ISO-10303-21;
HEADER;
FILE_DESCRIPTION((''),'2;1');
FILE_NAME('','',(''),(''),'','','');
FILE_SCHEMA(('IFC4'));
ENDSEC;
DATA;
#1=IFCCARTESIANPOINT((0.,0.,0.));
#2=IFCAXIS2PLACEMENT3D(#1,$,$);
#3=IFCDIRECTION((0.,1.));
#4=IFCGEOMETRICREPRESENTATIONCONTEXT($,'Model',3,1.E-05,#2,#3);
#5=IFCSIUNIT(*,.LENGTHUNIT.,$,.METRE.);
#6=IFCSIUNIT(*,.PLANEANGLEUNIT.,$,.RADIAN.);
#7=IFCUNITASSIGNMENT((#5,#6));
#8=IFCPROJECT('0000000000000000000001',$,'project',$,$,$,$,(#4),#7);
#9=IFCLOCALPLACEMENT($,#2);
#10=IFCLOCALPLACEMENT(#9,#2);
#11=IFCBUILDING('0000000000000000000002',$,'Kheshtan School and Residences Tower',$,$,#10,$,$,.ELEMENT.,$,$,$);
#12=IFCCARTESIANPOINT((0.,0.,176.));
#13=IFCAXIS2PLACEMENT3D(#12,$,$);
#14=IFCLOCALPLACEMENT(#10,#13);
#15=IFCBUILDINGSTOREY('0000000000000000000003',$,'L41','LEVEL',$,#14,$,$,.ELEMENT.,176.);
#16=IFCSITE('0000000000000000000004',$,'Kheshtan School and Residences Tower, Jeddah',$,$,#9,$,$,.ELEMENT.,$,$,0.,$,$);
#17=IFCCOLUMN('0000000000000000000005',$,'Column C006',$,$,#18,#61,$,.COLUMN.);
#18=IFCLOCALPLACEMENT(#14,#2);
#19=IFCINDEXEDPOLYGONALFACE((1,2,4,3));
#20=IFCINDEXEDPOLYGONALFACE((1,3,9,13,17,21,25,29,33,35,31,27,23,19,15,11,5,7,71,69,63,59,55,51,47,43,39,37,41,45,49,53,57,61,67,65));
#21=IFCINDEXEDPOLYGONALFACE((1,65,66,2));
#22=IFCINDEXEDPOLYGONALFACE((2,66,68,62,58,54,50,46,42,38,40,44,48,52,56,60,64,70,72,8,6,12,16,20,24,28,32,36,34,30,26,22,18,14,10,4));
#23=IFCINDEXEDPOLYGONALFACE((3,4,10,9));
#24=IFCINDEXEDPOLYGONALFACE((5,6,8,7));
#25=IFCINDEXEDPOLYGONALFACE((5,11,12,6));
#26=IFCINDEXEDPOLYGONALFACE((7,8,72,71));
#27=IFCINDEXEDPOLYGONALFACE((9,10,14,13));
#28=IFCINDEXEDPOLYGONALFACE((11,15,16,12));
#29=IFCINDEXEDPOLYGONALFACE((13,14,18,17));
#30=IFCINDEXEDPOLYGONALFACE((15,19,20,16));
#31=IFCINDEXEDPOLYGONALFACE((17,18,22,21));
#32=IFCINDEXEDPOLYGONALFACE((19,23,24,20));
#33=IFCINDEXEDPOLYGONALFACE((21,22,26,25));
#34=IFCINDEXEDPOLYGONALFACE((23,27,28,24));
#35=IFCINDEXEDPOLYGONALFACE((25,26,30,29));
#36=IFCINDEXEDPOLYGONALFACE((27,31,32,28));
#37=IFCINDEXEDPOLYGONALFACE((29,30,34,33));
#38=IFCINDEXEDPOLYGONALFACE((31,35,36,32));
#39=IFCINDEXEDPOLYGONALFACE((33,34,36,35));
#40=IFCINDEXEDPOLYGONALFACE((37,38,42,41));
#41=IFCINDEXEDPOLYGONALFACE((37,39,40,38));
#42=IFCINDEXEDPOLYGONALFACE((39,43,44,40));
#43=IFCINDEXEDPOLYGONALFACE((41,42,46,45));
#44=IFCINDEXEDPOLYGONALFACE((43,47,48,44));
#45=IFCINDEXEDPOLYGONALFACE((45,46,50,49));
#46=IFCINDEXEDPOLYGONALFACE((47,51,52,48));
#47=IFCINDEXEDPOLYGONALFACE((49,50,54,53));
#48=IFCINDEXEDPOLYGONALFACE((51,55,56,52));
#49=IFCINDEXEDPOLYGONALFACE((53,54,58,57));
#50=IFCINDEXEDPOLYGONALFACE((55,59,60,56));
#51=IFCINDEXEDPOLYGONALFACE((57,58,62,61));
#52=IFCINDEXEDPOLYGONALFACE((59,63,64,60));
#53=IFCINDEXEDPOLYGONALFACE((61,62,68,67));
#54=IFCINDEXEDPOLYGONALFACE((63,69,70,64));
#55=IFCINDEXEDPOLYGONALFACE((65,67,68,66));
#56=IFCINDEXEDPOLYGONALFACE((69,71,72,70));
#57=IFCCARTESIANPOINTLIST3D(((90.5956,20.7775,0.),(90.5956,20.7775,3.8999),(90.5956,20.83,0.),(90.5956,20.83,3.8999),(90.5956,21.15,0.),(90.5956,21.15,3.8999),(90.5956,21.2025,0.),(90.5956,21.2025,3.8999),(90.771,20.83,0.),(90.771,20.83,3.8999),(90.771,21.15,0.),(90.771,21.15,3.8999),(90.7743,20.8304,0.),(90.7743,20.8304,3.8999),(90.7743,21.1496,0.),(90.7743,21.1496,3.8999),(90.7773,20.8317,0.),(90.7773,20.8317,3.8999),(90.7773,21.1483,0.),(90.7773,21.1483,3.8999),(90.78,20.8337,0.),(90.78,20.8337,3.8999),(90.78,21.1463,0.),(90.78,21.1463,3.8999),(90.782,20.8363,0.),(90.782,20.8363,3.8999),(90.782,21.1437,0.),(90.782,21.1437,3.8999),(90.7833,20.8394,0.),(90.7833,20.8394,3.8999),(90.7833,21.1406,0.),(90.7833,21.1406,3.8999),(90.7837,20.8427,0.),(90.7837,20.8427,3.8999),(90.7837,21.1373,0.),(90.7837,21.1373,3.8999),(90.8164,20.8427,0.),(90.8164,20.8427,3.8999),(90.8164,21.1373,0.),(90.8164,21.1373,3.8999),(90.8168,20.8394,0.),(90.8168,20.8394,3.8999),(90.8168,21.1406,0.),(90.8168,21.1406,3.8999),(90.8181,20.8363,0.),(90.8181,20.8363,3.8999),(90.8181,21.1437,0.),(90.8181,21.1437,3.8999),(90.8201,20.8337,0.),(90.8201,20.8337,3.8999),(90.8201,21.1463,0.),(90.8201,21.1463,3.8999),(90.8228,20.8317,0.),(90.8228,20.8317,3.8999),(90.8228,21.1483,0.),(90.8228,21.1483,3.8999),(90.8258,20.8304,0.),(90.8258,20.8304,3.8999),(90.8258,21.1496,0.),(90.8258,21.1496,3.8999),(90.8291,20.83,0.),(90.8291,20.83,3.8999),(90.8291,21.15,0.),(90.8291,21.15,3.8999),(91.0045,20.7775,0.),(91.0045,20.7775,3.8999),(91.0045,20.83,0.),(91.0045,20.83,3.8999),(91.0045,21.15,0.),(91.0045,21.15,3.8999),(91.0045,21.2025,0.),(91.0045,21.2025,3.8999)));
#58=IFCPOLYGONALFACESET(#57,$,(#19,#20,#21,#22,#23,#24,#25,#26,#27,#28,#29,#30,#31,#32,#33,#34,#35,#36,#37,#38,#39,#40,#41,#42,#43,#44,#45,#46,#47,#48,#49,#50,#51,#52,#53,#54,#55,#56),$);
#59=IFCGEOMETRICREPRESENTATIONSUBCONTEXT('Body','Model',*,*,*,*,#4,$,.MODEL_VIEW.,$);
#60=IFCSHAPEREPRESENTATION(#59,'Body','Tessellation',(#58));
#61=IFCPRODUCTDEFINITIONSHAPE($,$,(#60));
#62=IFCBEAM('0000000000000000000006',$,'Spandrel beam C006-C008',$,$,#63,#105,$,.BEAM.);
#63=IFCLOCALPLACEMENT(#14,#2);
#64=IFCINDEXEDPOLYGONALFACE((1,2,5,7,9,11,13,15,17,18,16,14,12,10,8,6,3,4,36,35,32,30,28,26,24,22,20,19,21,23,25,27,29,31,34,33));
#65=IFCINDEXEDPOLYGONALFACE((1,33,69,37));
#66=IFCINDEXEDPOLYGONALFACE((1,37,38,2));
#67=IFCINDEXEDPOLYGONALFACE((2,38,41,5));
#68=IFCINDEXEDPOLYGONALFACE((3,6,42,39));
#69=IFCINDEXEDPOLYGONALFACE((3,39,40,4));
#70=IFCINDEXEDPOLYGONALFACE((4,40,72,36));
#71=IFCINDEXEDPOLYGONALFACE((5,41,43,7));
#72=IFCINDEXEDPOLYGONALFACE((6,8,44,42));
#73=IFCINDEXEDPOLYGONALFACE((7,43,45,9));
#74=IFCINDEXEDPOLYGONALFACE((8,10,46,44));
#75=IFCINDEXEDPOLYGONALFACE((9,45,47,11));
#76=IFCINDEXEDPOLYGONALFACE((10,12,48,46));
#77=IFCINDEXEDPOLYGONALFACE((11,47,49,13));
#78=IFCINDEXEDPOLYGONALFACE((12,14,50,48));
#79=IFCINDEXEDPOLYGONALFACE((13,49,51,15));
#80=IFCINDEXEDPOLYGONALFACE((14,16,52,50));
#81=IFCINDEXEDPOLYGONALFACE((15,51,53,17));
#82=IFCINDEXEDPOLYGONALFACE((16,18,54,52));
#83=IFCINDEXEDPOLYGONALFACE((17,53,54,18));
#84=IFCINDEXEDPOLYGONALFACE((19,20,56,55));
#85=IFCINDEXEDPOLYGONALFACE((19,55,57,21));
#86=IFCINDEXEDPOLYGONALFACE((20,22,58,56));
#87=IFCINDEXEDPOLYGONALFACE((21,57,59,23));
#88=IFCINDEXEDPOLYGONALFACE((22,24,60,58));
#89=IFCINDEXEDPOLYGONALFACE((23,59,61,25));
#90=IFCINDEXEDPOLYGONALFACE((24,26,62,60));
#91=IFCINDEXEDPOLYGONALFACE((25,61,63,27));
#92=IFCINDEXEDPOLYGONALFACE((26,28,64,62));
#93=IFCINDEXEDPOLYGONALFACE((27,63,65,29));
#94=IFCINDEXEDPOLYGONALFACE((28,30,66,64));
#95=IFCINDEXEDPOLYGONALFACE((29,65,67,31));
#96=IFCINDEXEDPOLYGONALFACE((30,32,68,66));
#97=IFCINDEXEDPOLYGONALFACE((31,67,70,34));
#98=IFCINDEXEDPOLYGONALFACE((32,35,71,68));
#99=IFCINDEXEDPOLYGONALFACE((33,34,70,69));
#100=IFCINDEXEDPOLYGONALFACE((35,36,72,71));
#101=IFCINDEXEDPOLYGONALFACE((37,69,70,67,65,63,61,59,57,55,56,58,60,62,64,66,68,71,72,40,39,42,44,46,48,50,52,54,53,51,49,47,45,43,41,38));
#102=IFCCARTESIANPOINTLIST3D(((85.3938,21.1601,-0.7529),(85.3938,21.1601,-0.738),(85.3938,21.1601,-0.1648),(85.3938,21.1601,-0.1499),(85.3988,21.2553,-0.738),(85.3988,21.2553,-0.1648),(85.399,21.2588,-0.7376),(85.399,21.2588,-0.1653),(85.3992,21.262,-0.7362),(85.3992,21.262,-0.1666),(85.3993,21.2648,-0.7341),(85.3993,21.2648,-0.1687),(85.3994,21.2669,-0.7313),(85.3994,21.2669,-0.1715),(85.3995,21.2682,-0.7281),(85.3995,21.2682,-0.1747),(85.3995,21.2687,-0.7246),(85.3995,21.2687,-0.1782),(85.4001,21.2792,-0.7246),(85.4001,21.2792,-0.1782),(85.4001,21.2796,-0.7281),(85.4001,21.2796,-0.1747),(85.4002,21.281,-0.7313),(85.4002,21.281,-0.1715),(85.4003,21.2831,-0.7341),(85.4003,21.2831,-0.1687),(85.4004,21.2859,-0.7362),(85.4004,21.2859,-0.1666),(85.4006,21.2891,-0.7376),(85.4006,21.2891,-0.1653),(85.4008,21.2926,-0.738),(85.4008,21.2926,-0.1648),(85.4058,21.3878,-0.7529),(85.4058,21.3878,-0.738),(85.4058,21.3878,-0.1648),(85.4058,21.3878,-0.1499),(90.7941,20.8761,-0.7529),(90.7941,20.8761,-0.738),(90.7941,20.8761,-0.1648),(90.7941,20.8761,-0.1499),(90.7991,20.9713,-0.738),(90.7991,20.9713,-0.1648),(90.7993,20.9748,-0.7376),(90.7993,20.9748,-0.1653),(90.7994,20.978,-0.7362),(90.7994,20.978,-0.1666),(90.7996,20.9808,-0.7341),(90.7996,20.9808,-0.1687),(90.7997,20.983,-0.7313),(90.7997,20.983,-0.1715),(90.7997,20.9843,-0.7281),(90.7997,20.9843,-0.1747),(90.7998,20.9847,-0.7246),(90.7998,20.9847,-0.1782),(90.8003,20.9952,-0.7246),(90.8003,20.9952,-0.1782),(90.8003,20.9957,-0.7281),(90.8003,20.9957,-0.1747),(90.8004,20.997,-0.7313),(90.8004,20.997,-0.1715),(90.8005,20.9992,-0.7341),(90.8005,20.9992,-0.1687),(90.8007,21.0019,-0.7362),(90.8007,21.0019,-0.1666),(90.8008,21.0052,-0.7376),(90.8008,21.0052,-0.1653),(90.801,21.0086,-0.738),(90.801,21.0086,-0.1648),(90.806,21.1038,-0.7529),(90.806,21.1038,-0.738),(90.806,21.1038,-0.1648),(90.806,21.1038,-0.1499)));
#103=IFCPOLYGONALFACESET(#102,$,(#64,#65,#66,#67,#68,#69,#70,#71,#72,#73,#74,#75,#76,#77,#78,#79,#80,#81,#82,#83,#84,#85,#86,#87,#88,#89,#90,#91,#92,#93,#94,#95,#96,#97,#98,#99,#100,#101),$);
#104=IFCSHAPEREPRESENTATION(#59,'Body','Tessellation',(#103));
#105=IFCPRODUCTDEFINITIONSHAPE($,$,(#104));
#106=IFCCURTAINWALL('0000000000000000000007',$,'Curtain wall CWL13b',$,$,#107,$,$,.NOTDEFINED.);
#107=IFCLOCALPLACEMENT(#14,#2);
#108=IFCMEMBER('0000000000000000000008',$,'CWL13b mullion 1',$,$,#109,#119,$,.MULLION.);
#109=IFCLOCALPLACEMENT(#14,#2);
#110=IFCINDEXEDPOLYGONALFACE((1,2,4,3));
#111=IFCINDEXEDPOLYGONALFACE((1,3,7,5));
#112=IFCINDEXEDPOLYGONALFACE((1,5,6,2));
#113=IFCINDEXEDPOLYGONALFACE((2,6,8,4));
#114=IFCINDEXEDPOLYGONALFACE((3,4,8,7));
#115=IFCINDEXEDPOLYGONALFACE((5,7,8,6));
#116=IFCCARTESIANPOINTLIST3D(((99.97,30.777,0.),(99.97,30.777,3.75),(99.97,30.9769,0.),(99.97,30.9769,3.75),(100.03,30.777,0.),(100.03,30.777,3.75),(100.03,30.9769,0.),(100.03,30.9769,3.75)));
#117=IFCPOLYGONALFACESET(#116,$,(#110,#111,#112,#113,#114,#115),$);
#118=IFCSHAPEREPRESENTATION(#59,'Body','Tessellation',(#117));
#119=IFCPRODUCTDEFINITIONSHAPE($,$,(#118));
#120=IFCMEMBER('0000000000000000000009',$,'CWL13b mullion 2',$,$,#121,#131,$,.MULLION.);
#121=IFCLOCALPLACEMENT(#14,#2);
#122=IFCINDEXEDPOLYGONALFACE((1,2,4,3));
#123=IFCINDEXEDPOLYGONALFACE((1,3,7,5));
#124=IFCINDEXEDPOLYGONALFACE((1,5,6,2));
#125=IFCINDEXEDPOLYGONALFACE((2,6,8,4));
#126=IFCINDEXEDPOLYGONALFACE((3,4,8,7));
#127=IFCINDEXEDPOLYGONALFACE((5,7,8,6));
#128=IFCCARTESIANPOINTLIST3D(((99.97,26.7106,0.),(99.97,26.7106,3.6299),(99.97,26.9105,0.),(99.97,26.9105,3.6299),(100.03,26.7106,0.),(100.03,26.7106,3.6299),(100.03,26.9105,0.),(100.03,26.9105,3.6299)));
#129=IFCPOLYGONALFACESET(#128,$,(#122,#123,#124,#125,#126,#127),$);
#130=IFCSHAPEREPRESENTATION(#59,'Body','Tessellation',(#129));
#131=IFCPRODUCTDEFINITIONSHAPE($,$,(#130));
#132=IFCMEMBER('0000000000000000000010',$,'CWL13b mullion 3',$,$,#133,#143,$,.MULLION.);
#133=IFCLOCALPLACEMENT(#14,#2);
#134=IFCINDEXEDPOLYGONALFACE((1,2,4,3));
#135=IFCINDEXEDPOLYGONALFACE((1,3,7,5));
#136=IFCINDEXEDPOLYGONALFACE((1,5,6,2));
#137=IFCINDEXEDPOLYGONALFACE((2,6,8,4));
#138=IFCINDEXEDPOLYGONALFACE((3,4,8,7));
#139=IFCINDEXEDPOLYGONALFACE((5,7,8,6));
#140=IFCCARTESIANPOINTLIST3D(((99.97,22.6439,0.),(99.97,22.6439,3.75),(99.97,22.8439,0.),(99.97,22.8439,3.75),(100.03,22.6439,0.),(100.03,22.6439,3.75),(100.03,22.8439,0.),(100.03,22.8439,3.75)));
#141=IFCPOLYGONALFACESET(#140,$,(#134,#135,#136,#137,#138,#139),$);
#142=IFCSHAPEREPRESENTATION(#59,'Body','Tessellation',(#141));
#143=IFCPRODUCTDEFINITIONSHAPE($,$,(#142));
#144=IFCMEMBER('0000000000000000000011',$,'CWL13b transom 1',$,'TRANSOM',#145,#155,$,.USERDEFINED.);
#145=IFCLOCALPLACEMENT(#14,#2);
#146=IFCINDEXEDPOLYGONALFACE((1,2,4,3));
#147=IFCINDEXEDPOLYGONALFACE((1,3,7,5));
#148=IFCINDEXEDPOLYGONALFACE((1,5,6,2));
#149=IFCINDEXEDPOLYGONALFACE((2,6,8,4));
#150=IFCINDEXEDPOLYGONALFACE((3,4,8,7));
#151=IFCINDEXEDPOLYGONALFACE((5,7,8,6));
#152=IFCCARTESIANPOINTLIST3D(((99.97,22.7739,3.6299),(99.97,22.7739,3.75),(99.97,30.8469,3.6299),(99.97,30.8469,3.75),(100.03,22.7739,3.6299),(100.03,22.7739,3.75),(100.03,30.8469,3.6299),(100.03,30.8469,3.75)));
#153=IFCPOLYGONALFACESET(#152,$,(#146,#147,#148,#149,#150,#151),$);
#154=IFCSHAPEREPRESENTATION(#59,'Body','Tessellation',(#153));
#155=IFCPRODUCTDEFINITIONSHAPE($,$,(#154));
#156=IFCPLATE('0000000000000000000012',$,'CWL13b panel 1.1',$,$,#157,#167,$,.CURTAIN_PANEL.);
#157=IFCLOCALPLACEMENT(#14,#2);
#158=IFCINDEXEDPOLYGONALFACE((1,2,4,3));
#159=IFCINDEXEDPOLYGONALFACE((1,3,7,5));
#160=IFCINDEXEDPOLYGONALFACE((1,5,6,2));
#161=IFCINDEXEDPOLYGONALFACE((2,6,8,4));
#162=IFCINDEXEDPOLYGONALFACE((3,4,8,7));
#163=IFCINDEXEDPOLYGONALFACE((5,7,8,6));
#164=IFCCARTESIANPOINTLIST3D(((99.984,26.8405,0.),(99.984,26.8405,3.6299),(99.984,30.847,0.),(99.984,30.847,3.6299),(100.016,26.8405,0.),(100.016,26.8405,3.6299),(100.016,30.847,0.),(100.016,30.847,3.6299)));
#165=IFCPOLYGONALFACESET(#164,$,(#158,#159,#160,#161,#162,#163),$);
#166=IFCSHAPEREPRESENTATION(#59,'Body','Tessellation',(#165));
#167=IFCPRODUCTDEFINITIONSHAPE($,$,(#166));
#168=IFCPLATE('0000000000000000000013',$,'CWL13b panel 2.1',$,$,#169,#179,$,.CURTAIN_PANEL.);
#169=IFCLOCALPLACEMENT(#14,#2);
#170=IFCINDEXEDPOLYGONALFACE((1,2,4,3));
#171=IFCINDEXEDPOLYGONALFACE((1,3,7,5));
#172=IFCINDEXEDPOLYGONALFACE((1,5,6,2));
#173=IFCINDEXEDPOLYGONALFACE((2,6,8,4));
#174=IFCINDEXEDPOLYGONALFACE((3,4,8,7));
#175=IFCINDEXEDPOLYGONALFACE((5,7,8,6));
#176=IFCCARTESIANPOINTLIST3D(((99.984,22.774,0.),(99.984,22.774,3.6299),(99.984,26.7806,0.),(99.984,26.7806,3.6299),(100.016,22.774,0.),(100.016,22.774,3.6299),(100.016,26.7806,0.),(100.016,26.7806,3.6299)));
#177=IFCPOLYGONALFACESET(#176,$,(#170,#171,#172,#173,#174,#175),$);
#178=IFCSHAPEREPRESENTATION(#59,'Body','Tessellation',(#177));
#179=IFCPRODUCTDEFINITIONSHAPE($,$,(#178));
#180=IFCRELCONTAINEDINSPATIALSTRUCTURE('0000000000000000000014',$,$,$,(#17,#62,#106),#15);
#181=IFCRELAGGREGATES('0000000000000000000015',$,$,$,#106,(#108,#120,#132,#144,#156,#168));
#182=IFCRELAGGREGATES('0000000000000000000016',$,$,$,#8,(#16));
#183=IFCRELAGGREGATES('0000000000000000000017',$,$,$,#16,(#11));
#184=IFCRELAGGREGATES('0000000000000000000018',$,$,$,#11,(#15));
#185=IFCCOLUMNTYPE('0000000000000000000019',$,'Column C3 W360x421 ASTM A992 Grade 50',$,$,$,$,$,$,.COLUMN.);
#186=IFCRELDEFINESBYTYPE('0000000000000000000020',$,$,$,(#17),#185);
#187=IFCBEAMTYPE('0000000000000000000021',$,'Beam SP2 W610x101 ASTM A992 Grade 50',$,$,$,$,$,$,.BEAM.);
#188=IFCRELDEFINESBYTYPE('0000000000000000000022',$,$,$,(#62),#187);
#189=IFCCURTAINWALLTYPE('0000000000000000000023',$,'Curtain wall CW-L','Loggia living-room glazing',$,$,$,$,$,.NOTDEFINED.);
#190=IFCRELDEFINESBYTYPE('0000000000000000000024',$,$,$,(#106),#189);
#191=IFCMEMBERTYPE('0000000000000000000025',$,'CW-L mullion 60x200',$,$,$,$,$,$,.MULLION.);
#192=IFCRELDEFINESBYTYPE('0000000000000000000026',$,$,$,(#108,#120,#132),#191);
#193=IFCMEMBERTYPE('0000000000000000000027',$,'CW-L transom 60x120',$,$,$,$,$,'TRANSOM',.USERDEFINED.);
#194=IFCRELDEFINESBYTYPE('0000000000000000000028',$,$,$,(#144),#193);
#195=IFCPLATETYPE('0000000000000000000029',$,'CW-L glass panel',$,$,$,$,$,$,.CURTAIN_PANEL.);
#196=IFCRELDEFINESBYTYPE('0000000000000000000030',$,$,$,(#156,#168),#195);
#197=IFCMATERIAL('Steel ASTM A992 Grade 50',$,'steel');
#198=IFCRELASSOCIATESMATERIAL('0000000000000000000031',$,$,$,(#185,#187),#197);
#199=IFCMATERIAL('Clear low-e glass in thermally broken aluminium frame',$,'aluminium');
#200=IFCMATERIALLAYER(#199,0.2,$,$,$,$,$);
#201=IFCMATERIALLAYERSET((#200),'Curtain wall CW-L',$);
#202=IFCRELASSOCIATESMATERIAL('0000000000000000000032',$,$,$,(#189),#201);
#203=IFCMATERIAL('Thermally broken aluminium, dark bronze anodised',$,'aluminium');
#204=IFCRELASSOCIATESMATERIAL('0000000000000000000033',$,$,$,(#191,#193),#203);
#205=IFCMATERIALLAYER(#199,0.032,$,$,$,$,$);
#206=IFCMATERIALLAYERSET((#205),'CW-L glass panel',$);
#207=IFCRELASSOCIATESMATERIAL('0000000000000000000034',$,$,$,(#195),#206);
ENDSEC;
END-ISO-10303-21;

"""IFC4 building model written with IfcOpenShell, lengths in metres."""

from ifc_helpers import new_model, si_unit, direction, frame, origin, origin_2d, place, context, subcontext, project, spatial, rectangle, i_section, extrude, material, layer, layer_set, material_profile, profile_set, type_object, element, aggregate, save


model = new_model("IFC4")

# Units and contexts
model_context = context("Model", 3, precision=1e-05, world=origin(), true_north=direction((0.0, 1.0)))
body_context = subcontext(model_context, "Body", "Model", "MODEL_VIEW")
ifc_project = project(units=[si_unit("LENGTHUNIT", "METRE"), si_unit("PLANEANGLEUNIT", "RADIAN")], contexts=[model_context])

# Site, building, storey
site_placement = place(None, origin())
site = spatial("IfcSite", under=ifc_project, at=site_placement, Name="Kheshtan School and Residences Tower, Jeddah", CompositionType="ELEMENT", RefElevation=0.0)
building_placement = place(site_placement, origin())
building = spatial("IfcBuilding", under=site, at=building_placement, Name="Kheshtan School and Residences Tower", CompositionType="ELEMENT")
storey_placement = place(building_placement, frame((0.0, 0.0, 176.0)))
storey = spatial("IfcBuildingStorey", under=building, at=storey_placement, Name="L41", Description="LEVEL", CompositionType="ELEMENT", Elevation=176.0)

# Column
ifc_material_1 = material(Name="Steel ASTM A992 Grade 50", Category="steel")
ifc_material_profile_1 = material_profile(ifc_material_1, i_section(OverallWidth=0.4089, OverallDepth=0.425, WebThickness=0.0327, FlangeThickness=0.0525, FilletRadius=0.0127, at=origin_2d()), Name="W360x421")
ifc_profile_set_1 = profile_set([ifc_material_profile_1], Name="Steel ASTM A992 Grade 50")
column_type = type_object("IfcColumnType", Name="Column C3 W360x421 ASTM A992 Grade 50", PredefinedType="COLUMN", material=ifc_profile_set_1)
column_placement = place(storey_placement, frame((90.8, 20.99, 0.0), z_axis=(0.0, 0.0, 1.0), x_axis=(1.0, 0.0, 0.0)))
element("IfcColumn", 1, at=column_placement, inside=storey, type_object=column_type, Name="Column C006", PredefinedType="COLUMN", context=body_context, shape_type="SweptSolid", body=[
    extrude(i_section(OverallWidth=0.4089, OverallDepth=0.425, WebThickness=0.0327, FlangeThickness=0.0525, FilletRadius=0.0127, at=origin_2d()), origin(), (0.0, 0.0, 1.0), 3.8999),
])

# Beam
ifc_material_profile_2 = material_profile(ifc_material_1, i_section(OverallWidth=0.228, OverallDepth=0.603, WebThickness=0.0105, FlangeThickness=0.0149, FilletRadius=0.0134, at=origin_2d()), Name="W610x101")
ifc_profile_set_2 = profile_set([ifc_material_profile_2], Name="Steel ASTM A992 Grade 50")
beam_type = type_object("IfcBeamType", Name="Beam SP2 W610x101 ASTM A992 Grade 50", PredefinedType="BEAM", material=ifc_profile_set_2)
beam_placement = place(storey_placement, frame((90.8, 20.99, -0.4514), z_axis=(-0.998621, 0.052507, 0.0), x_axis=(-0.052507, -0.998621, 0.0)))
element("IfcBeam", 2, at=beam_placement, inside=storey, type_object=beam_type, Name="Spandrel beam C006-C008", PredefinedType="BEAM", context=body_context, shape_type="SweptSolid", body=[
    extrude(i_section(OverallWidth=0.228, OverallDepth=0.603, WebThickness=0.0105, FlangeThickness=0.0149, FilletRadius=0.0134, at=origin_2d()), origin(), (0.0, 0.0, 1.0), 5.4077),
])

# Curtain wall, members, plates
ifc_material_2 = material(Name="Clear low-e glass in thermally broken aluminium frame", Category="aluminium")
ifc_layer_1 = layer(ifc_material_2, 0.2)
ifc_layer_set_1 = layer_set([ifc_layer_1], Name="Curtain wall CW-L")
curtain_wall_type = type_object("IfcCurtainWallType", Name="Curtain wall CW-L", Description="Loggia living-room glazing", PredefinedType="NOTDEFINED", material=ifc_layer_set_1)
curtain_wall_placement = place(storey_placement, origin())
curtain_wall = element("IfcCurtainWall", 3, at=curtain_wall_placement, inside=storey, type_object=curtain_wall_type, Name="Curtain wall CWL13b", PredefinedType="NOTDEFINED")
ifc_material_3 = material(Name="Thermally broken aluminium, dark bronze anodised", Category="aluminium")
ifc_material_profile_3 = material_profile(ifc_material_3, rectangle(XDim=0.0601, YDim=0.2, at=origin_2d()), Name="CW-L mullion 60x200")
ifc_profile_set_3 = profile_set([ifc_material_profile_3], Name="Thermally broken aluminium, dark bronze anodised")
member_type_1 = type_object("IfcMemberType", Name="CW-L mullion 60x200", PredefinedType="MULLION", material=ifc_profile_set_3)
member_1_placement = place(storey_placement, frame((100.0, 30.877, 0.0), z_axis=(0.0, 0.0, 1.0), x_axis=(1.0, 0.0, 0.0)))
member_1 = element("IfcMember", 4, at=member_1_placement, type_object=member_type_1, Name="CWL13b mullion 1", PredefinedType="MULLION", context=body_context, shape_type="SweptSolid", body=[
    extrude(rectangle(XDim=0.0601, YDim=0.2, at=origin_2d()), origin(), (0.0, 0.0, 1.0), 3.75),
])
member_2_placement = place(storey_placement, frame((100.0, 26.8105, 0.0), z_axis=(0.0, 0.0, 1.0), x_axis=(1.0, 0.0, 0.0)))
member_2 = element("IfcMember", 5, at=member_2_placement, type_object=member_type_1, Name="CWL13b mullion 2", PredefinedType="MULLION", context=body_context, shape_type="SweptSolid", body=[
    extrude(rectangle(XDim=0.0601, YDim=0.2, at=origin_2d()), origin(), (0.0, 0.0, 1.0), 3.6299),
])
member_3_placement = place(storey_placement, frame((100.0, 22.7439, 0.0), z_axis=(0.0, 0.0, 1.0), x_axis=(1.0, 0.0, 0.0)))
member_3 = element("IfcMember", 6, at=member_3_placement, type_object=member_type_1, Name="CWL13b mullion 3", PredefinedType="MULLION", context=body_context, shape_type="SweptSolid", body=[
    extrude(rectangle(XDim=0.0601, YDim=0.2, at=origin_2d()), origin(), (0.0, 0.0, 1.0), 3.75),
])
ifc_material_profile_4 = material_profile(ifc_material_3, rectangle(XDim=0.0601, YDim=0.1201, at=origin_2d()), Name="CW-L transom 60x120")
ifc_profile_set_4 = profile_set([ifc_material_profile_4], Name="Thermally broken aluminium, dark bronze anodised")
member_type_2 = type_object("IfcMemberType", Name="CW-L transom 60x120", ElementType="TRANSOM", PredefinedType="USERDEFINED", material=ifc_profile_set_4)
member_4_placement = place(storey_placement, frame((100.0, 30.8469, 3.6899), z_axis=(0.0, -1.0, 0.0), x_axis=(1.0, 0.0, 0.0)))
member_4 = element("IfcMember", 7, at=member_4_placement, type_object=member_type_2, Name="CWL13b transom 1", ObjectType="TRANSOM", PredefinedType="USERDEFINED", context=body_context, shape_type="SweptSolid", body=[
    extrude(rectangle(XDim=0.0601, YDim=0.1201, at=origin_2d()), origin(), (0.0, 0.0, 1.0), 8.073),
])
ifc_layer_2 = layer(ifc_material_2, 0.032)
ifc_layer_set_2 = layer_set([ifc_layer_2], Name="CW-L glass panel")
plate_type = type_object("IfcPlateType", Name="CW-L glass panel", PredefinedType="CURTAIN_PANEL", material=ifc_layer_set_2)
plate_1_placement = place(storey_placement, frame((100.0, 28.8438, 0.0), z_axis=(0.0, 0.0, 1.0), x_axis=(0.0, -1.0, 0.0)))
plate_1 = element("IfcPlate", 8, at=plate_1_placement, type_object=plate_type, Name="CWL13b panel 1.1", PredefinedType="CURTAIN_PANEL", context=body_context, shape_type="SweptSolid", body=[
    extrude(rectangle(XDim=4.0066, YDim=0.032, at=origin_2d()), origin(), (0.0, 0.0, 1.0), 3.6299),
])
plate_2_placement = place(storey_placement, frame((100.0, 24.7773, 0.0), z_axis=(0.0, 0.0, 1.0), x_axis=(0.0, -1.0, 0.0)))
plate_2 = element("IfcPlate", 9, at=plate_2_placement, type_object=plate_type, Name="CWL13b panel 2.1", PredefinedType="CURTAIN_PANEL", context=body_context, shape_type="SweptSolid", body=[
    extrude(rectangle(XDim=4.0066, YDim=0.032, at=origin_2d()), origin(), (0.0, 0.0, 1.0), 3.6299),
])
aggregate(curtain_wall, [member_1, member_2, member_3, member_4, plate_1, plate_2])

save(model, "model.ifc")
